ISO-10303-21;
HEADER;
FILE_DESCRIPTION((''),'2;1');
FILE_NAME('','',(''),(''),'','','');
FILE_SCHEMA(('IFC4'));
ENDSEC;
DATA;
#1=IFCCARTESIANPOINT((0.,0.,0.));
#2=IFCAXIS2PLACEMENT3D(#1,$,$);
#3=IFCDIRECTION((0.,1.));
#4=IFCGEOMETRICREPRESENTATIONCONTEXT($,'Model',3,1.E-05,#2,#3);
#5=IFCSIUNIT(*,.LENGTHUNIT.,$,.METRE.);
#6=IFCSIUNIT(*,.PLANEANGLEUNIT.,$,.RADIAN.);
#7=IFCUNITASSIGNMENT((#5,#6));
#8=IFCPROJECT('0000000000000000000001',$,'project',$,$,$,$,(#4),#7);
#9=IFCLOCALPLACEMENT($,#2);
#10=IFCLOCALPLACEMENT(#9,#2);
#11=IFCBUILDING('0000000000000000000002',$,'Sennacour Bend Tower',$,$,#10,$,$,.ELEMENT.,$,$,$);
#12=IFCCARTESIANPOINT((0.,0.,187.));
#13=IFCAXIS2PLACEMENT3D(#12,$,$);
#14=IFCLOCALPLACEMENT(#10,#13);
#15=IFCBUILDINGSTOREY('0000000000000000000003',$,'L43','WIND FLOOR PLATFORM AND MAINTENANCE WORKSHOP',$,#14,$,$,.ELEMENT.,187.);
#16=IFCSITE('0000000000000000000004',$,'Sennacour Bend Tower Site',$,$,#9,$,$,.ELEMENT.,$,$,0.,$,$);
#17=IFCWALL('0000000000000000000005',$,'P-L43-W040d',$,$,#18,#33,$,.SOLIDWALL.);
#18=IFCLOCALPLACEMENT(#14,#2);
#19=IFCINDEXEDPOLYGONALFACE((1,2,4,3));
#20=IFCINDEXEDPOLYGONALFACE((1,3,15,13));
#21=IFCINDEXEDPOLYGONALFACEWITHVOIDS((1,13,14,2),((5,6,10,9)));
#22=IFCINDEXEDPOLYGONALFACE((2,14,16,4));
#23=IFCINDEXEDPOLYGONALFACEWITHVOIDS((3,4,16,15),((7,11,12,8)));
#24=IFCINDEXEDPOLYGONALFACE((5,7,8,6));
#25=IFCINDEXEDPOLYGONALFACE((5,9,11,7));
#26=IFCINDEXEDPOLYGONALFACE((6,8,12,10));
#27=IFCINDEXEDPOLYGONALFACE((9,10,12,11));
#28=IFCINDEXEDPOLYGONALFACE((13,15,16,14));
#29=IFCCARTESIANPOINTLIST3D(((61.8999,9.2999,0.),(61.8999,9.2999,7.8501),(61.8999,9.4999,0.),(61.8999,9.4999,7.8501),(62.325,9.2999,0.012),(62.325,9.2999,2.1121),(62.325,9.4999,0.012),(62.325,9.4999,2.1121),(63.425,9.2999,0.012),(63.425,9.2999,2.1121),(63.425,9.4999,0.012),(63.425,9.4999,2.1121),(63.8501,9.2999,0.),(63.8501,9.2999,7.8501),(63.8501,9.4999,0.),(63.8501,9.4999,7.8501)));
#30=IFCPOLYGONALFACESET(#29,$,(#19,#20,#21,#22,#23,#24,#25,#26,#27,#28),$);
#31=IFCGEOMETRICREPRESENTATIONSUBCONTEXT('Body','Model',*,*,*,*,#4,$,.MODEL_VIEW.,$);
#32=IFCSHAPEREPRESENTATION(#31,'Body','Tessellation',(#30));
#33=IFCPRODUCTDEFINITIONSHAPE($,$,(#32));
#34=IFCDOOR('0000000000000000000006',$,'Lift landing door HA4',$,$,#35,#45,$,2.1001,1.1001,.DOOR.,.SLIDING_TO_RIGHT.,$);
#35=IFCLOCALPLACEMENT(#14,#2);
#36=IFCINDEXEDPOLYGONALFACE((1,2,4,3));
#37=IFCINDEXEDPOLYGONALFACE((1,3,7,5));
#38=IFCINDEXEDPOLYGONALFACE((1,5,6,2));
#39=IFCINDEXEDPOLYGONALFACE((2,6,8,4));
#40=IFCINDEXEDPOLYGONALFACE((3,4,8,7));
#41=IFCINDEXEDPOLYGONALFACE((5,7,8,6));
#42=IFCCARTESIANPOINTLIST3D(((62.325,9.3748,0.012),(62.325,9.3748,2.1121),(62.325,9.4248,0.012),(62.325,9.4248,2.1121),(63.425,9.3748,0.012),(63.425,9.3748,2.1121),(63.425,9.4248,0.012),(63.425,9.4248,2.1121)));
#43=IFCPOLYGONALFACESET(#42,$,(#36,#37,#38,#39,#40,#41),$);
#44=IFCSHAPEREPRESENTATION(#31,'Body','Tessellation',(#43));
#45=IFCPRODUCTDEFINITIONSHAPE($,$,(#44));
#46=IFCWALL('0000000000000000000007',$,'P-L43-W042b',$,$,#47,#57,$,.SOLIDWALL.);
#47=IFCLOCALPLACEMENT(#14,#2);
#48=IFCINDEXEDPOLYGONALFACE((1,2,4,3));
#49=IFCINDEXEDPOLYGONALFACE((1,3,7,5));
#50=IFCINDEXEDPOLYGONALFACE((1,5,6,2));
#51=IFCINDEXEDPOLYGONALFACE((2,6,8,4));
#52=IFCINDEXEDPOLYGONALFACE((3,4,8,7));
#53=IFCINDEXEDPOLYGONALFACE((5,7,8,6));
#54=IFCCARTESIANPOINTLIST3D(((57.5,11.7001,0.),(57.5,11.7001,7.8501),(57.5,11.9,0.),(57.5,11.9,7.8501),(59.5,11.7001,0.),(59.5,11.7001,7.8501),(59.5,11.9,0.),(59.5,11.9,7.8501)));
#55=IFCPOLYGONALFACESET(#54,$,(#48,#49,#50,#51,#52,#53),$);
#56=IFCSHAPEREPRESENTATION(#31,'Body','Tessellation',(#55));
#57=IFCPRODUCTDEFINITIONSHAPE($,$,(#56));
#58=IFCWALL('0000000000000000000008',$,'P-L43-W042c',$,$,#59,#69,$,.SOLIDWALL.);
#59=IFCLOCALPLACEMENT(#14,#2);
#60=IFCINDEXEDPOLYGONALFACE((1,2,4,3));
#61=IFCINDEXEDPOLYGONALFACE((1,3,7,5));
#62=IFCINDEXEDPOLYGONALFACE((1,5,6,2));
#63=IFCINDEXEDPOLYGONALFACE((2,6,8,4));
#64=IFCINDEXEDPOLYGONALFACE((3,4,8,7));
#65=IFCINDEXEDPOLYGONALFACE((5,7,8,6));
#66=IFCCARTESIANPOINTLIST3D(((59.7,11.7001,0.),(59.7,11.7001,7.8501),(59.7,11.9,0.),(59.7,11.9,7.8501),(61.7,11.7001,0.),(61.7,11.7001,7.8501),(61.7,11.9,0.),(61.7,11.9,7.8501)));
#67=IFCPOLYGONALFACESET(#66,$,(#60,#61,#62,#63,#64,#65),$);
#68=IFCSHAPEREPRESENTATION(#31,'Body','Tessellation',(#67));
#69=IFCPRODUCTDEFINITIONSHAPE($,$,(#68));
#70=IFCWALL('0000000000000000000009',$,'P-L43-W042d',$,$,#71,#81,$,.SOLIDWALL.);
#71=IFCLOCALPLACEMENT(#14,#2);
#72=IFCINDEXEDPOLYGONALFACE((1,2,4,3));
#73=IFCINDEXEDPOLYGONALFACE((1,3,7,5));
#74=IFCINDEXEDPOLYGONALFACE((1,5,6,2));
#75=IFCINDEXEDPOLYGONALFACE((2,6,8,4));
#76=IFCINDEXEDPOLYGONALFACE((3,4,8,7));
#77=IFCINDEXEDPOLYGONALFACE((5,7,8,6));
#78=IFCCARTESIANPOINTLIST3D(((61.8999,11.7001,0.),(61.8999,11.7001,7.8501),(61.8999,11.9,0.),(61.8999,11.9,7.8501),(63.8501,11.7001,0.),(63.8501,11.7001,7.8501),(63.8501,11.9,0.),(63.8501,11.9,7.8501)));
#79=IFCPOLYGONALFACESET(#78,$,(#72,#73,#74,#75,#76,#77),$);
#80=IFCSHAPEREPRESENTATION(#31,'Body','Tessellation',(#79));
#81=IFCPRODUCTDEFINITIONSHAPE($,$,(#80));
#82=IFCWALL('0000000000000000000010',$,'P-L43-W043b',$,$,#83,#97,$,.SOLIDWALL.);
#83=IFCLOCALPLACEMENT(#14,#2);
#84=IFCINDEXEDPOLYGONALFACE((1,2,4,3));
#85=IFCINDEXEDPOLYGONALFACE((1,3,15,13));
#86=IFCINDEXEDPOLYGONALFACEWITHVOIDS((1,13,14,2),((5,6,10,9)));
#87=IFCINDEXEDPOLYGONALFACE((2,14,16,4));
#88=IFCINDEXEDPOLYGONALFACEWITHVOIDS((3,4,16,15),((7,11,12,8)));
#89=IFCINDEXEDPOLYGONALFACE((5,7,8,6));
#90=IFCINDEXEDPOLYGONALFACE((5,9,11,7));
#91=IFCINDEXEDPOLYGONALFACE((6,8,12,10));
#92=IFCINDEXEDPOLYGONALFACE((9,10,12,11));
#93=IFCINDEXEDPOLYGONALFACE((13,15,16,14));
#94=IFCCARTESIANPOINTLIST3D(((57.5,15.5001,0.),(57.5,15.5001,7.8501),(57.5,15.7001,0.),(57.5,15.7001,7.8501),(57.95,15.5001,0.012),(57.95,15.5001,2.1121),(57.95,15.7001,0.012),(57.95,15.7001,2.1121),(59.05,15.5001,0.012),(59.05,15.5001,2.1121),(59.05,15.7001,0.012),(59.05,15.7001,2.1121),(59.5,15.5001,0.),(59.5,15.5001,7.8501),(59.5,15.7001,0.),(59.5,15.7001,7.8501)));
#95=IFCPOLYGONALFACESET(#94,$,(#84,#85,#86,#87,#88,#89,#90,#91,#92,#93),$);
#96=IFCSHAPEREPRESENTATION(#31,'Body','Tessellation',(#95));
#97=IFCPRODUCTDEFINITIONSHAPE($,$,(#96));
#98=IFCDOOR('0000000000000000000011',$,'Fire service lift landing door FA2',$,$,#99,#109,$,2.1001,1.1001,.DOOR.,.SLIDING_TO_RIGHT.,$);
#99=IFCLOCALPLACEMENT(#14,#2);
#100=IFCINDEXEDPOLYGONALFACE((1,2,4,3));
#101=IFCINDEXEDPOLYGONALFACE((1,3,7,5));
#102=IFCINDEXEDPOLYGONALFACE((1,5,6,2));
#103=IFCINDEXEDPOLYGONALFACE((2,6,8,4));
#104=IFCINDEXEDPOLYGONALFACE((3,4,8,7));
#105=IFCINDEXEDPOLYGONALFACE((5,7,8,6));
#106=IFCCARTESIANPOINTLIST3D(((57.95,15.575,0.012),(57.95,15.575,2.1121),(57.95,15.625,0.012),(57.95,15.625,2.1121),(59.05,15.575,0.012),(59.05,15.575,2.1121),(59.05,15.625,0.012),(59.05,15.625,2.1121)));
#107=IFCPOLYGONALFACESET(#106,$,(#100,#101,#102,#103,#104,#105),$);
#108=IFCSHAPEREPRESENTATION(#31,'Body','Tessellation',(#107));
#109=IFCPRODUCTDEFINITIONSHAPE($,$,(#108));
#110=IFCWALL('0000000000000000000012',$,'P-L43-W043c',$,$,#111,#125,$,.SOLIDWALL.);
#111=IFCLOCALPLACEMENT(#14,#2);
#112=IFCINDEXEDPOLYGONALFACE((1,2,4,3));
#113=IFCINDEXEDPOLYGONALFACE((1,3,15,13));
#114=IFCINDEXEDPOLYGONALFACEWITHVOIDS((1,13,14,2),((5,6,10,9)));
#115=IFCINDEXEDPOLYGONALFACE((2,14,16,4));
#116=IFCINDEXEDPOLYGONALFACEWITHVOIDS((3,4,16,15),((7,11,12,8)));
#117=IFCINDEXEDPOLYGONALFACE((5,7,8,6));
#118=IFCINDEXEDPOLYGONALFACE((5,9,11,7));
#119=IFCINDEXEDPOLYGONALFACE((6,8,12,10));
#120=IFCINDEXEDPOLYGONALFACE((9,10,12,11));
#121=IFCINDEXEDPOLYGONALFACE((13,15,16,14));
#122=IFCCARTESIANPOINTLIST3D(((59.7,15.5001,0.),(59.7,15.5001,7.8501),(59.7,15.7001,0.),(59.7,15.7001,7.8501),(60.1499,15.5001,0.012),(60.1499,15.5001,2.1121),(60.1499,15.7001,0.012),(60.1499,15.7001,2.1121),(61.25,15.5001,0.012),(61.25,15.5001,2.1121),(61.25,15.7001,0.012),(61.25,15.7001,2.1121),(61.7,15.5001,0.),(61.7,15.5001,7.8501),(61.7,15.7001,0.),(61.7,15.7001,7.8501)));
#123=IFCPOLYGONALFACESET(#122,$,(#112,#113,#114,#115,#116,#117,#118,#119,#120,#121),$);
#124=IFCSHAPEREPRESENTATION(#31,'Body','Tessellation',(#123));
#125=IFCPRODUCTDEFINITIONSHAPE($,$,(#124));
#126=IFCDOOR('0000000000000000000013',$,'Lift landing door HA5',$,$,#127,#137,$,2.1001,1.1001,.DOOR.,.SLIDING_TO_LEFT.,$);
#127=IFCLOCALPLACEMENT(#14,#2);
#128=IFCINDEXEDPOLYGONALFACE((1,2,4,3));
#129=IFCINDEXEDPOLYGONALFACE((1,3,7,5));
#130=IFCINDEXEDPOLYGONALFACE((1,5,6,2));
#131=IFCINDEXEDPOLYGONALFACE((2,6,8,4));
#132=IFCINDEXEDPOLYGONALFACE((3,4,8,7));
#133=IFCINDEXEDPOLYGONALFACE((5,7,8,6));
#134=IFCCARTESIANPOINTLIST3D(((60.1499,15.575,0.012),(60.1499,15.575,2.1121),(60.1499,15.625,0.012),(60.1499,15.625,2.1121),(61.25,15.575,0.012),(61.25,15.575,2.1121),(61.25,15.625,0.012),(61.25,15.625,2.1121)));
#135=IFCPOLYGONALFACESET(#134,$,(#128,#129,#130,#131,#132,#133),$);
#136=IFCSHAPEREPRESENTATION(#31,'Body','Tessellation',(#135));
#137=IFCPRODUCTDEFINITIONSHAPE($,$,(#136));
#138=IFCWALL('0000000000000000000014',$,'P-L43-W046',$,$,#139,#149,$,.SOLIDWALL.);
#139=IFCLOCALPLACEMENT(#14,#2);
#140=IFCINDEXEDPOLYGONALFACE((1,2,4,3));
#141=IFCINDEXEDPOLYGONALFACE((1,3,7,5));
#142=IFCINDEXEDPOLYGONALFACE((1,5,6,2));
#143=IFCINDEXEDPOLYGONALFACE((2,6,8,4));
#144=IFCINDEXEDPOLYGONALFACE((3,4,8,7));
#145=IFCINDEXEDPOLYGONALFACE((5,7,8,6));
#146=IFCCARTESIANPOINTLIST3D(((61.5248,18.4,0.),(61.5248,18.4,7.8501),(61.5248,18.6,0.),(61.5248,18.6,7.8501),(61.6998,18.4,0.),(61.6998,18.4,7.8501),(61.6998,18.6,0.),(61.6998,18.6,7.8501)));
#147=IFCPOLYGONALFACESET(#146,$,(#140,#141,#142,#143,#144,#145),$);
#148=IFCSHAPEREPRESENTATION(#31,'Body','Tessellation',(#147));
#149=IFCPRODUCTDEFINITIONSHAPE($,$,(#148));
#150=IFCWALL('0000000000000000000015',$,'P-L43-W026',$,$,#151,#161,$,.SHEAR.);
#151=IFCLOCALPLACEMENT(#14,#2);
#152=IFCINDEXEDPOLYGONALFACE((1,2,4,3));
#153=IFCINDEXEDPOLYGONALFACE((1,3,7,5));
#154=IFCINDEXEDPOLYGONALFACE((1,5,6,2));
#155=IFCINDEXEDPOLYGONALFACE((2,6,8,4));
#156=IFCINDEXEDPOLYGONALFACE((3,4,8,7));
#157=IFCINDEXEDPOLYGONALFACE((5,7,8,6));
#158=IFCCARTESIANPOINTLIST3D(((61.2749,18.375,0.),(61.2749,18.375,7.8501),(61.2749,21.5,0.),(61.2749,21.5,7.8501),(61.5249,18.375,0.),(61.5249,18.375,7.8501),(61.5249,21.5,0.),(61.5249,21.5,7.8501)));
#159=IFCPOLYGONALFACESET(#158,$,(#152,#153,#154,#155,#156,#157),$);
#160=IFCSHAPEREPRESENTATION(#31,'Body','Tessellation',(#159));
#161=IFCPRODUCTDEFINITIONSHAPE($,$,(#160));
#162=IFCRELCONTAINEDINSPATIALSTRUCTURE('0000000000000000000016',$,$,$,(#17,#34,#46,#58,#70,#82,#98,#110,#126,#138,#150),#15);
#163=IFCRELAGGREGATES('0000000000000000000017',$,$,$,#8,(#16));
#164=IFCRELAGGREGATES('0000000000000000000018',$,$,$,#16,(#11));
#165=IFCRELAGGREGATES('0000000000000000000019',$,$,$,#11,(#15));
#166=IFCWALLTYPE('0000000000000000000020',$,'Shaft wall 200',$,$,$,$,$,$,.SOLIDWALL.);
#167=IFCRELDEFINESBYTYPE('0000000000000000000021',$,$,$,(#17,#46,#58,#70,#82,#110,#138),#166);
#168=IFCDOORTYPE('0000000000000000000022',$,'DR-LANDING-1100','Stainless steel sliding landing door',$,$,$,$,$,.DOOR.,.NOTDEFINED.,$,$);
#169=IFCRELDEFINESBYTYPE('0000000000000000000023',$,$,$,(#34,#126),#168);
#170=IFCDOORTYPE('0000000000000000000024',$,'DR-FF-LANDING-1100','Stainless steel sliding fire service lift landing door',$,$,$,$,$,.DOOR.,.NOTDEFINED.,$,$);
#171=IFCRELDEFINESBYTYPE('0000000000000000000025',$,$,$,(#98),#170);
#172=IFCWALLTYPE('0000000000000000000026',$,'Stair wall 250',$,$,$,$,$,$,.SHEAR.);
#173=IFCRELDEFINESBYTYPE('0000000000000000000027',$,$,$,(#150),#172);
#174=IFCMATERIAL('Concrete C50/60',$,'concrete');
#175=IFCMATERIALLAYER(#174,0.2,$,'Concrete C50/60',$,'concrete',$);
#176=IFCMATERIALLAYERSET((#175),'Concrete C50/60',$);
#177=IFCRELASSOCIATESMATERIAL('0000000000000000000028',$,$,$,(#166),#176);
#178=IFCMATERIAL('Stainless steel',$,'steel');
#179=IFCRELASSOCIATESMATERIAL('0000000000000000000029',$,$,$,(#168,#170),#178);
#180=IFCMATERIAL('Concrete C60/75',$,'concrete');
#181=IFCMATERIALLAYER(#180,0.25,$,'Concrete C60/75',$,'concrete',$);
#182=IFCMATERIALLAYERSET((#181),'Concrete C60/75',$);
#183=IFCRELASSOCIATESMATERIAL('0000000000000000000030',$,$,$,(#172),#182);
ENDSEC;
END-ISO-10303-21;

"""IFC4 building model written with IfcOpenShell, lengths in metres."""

from ifc_helpers import new_model, si_unit, direction, frame, frame_2d, origin, place, context, subcontext, project, spatial, rectangle, extrude, material, layer, layer_set, type_object, element, fill, save


model = new_model("IFC4")

# Units and contexts
model_context = context("Model", 3, precision=1e-05, world=origin(), true_north=direction((0.0, 1.0)))
body_context = subcontext(model_context, "Body", "Model", "MODEL_VIEW")
ifc_project = project(units=[si_unit("LENGTHUNIT", "METRE"), si_unit("PLANEANGLEUNIT", "RADIAN")], contexts=[model_context])

# Site, building, storey
site_placement = place(None, origin())
site = spatial("IfcSite", under=ifc_project, at=site_placement, Name="Sennacour Bend Tower Site", CompositionType="ELEMENT", RefElevation=0.0)
building_placement = place(site_placement, origin())
building = spatial("IfcBuilding", under=site, at=building_placement, Name="Sennacour Bend Tower", CompositionType="ELEMENT")
storey_placement = place(building_placement, frame((0.0, 0.0, 187.0)))
storey = spatial("IfcBuildingStorey", under=building, at=storey_placement, Name="L43", Description="WIND FLOOR PLATFORM AND MAINTENANCE WORKSHOP", CompositionType="ELEMENT", Elevation=187.0)

# Shared definitions
ifc_material_1 = material(Name="Concrete C50/60", Category="concrete")
ifc_layer_1 = layer(ifc_material_1, 0.2, Name="Concrete C50/60", Category="concrete")
ifc_layer_set_1 = layer_set([ifc_layer_1], Name="Concrete C50/60")
wall_type_1 = type_object("IfcWallType", Name="Shaft wall 200", PredefinedType="SOLIDWALL", material=ifc_layer_set_1)

# Wall, opening, door
ifc_material_2 = material(Name="Stainless steel", Category="steel")
door_type_1 = type_object("IfcDoorType", Name="DR-LANDING-1100", Description="Stainless steel sliding landing door", OperationType="NOTDEFINED", PredefinedType="DOOR", material=ifc_material_2)
wall_1_placement = place(storey_placement, frame((61.8999, 9.3999, 0.0), z_axis=(0.0, 0.0, 1.0), x_axis=(1.0, 0.0, 0.0)))
wall_1 = element("IfcWall", 1, at=wall_1_placement, inside=storey, type_object=wall_type_1, Name="P-L43-W040d", PredefinedType="SOLIDWALL", context=body_context, shape_type="SweptSolid", body=[
    extrude(rectangle(XDim=1.9502, YDim=0.2, at=frame_2d((0.9751, 0.0))), origin(), (0.0, 0.0, 1.0), 7.8501),
])
opening_1_placement = place(wall_1_placement, frame((0.425, 0.0, 0.012)))
opening_1 = element("IfcOpeningElement", 2, at=opening_1_placement, cuts=wall_1, PredefinedType="OPENING", context=body_context, shape_type="SweptSolid", body=[
    extrude(rectangle(XDim=1.1001, YDim=2.1001, at=frame_2d((0.55, 1.05))), frame((0.0, 0.1099, 0.0), z_axis=(0.0, -1.0, 0.0), x_axis=(1.0, 0.0, 0.0)), (0.0, 0.0, 1.0), 0.22),
])
door_1_placement = place(opening_1_placement, origin())
door_1 = element("IfcDoor", 3, at=door_1_placement, inside=storey, type_object=door_type_1, Name="Lift landing door HA4", OperationType="SLIDING_TO_RIGHT", OverallHeight=2.1001, OverallWidth=1.1001, PredefinedType="DOOR", context=body_context, shape_type="SweptSolid", body=[
    extrude(rectangle(XDim=1.1001, YDim=2.1001, at=frame_2d((0.55, 1.05))), frame((0.0, 0.0249, 0.0), z_axis=(0.0, -1.0, 0.0), x_axis=(1.0, 0.0, 0.0)), (0.0, 0.0, 1.0), 0.05),
])
fill(opening_1, door_1)

# Walls
for number, where, z_axis, x_axis, name in (
    (4, (57.5, 11.8, 0.0), (0.0, 0.0, 1.0), (1.0, 0.0, 0.0), "P-L43-W042b"),
    (5, (59.7, 11.8, 0.0), (0.0, 0.0, 1.0), (1.0, 0.0, 0.0), "P-L43-W042c"),
):
    element("IfcWall", number, at=place(storey_placement, frame(where, z_axis=z_axis, x_axis=x_axis)), inside=storey, type_object=wall_type_1, Name=name, PredefinedType="SOLIDWALL", context=body_context, shape_type="SweptSolid", body=[
        extrude(rectangle(XDim=2.0, YDim=0.2, at=frame_2d((1.0, 0.0))), origin(), (0.0, 0.0, 1.0), 7.8501),
    ])
wall_2_placement = place(storey_placement, frame((61.8999, 11.8, 0.0), z_axis=(0.0, 0.0, 1.0), x_axis=(1.0, 0.0, 0.0)))
element("IfcWall", 6, at=wall_2_placement, inside=storey, type_object=wall_type_1, Name="P-L43-W042d", PredefinedType="SOLIDWALL", context=body_context, shape_type="SweptSolid", body=[
    extrude(rectangle(XDim=1.9502, YDim=0.2, at=frame_2d((0.9751, 0.0))), origin(), (0.0, 0.0, 1.0), 7.8501),
])

# Walls, openings, doors
wall_3_placement = place(storey_placement, frame((57.5, 15.6001, 0.0), z_axis=(0.0, 0.0, 1.0), x_axis=(1.0, 0.0, 0.0)))
wall_3 = element("IfcWall", 7, at=wall_3_placement, inside=storey, type_object=wall_type_1, Name="P-L43-W043b", PredefinedType="SOLIDWALL", context=body_context, shape_type="SweptSolid", body=[
    extrude(rectangle(XDim=2.0, YDim=0.2, at=frame_2d((1.0, 0.0))), origin(), (0.0, 0.0, 1.0), 7.8501),
])
opening_2_placement = place(wall_3_placement, frame((0.45, 0.0, 0.012)))
opening_2 = element("IfcOpeningElement", 8, at=opening_2_placement, cuts=wall_3, PredefinedType="OPENING", context=body_context, shape_type="SweptSolid", body=[
    extrude(rectangle(XDim=1.1001, YDim=2.1001, at=frame_2d((0.55, 1.05))), frame((0.0, 0.1099, 0.0), z_axis=(0.0, -1.0, 0.0), x_axis=(1.0, 0.0, 0.0)), (0.0, 0.0, 1.0), 0.22),
])
door_type_2 = type_object("IfcDoorType", Name="DR-FF-LANDING-1100", Description="Stainless steel sliding fire service lift landing door", OperationType="NOTDEFINED", PredefinedType="DOOR", material=ifc_material_2)
door_2_placement = place(opening_2_placement, origin())
door_2 = element("IfcDoor", 9, at=door_2_placement, inside=storey, type_object=door_type_2, Name="Fire service lift landing door FA2", OperationType="SLIDING_TO_RIGHT", OverallHeight=2.1001, OverallWidth=1.1001, PredefinedType="DOOR", context=body_context, shape_type="SweptSolid", body=[
    extrude(rectangle(XDim=1.1001, YDim=2.1001, at=frame_2d((0.55, 1.05))), frame((0.0, 0.0249, 0.0), z_axis=(0.0, -1.0, 0.0), x_axis=(1.0, 0.0, 0.0)), (0.0, 0.0, 1.0), 0.05),
])
fill(opening_2, door_2)
wall_4_placement = place(storey_placement, frame((59.7, 15.6001, 0.0), z_axis=(0.0, 0.0, 1.0), x_axis=(1.0, 0.0, 0.0)))
wall_4 = element("IfcWall", 10, at=wall_4_placement, inside=storey, type_object=wall_type_1, Name="P-L43-W043c", PredefinedType="SOLIDWALL", context=body_context, shape_type="SweptSolid", body=[
    extrude(rectangle(XDim=2.0, YDim=0.2, at=frame_2d((1.0, 0.0))), origin(), (0.0, 0.0, 1.0), 7.8501),
])
opening_3_placement = place(wall_4_placement, frame((0.45, 0.0, 0.012)))
opening_3 = element("IfcOpeningElement", 11, at=opening_3_placement, cuts=wall_4, PredefinedType="OPENING", context=body_context, shape_type="SweptSolid", body=[
    extrude(rectangle(XDim=1.1001, YDim=2.1001, at=frame_2d((0.55, 1.05))), frame((0.0, 0.1099, 0.0), z_axis=(0.0, -1.0, 0.0), x_axis=(1.0, 0.0, 0.0)), (0.0, 0.0, 1.0), 0.22),
])
door_3_placement = place(opening_3_placement, origin())
door_3 = element("IfcDoor", 12, at=door_3_placement, inside=storey, type_object=door_type_1, Name="Lift landing door HA5", OperationType="SLIDING_TO_LEFT", OverallHeight=2.1001, OverallWidth=1.1001, PredefinedType="DOOR", context=body_context, shape_type="SweptSolid", body=[
    extrude(rectangle(XDim=1.1001, YDim=2.1001, at=frame_2d((0.55, 1.05))), frame((0.0, 0.0249, 0.0), z_axis=(0.0, -1.0, 0.0), x_axis=(1.0, 0.0, 0.0)), (0.0, 0.0, 1.0), 0.05),
])
fill(opening_3, door_3)

# Walls
wall_5_placement = place(storey_placement, frame((61.5249, 18.5, 0.0), z_axis=(0.0, 0.0, 1.0), x_axis=(1.0, 0.0, 0.0)))
element("IfcWall", 13, at=wall_5_placement, inside=storey, type_object=wall_type_1, Name="P-L43-W046", PredefinedType="SOLIDWALL", context=body_context, shape_type="SweptSolid", body=[
    extrude(rectangle(XDim=0.175, YDim=0.2, at=frame_2d((0.0874, 0.0))), origin(), (0.0, 0.0, 1.0), 7.8501),
])
ifc_material_3 = material(Name="Concrete C60/75", Category="concrete")
ifc_layer_2 = layer(ifc_material_3, 0.25, Name="Concrete C60/75", Category="concrete")
ifc_layer_set_2 = layer_set([ifc_layer_2], Name="Concrete C60/75")
wall_type_2 = type_object("IfcWallType", Name="Stair wall 250", PredefinedType="SHEAR", material=ifc_layer_set_2)
wall_6_placement = place(storey_placement, frame((61.3999, 18.375, 0.0), z_axis=(0.0, 0.0, 1.0), x_axis=(0.0, 1.0, 0.0)))
element("IfcWall", 14, at=wall_6_placement, inside=storey, type_object=wall_type_2, Name="P-L43-W026", PredefinedType="SHEAR", context=body_context, shape_type="SweptSolid", body=[
    extrude(rectangle(XDim=3.125, YDim=0.25, at=frame_2d((1.5625, 0.0))), origin(), (0.0, 0.0, 1.0), 7.8501),
])

save(model, "model.ifc")
